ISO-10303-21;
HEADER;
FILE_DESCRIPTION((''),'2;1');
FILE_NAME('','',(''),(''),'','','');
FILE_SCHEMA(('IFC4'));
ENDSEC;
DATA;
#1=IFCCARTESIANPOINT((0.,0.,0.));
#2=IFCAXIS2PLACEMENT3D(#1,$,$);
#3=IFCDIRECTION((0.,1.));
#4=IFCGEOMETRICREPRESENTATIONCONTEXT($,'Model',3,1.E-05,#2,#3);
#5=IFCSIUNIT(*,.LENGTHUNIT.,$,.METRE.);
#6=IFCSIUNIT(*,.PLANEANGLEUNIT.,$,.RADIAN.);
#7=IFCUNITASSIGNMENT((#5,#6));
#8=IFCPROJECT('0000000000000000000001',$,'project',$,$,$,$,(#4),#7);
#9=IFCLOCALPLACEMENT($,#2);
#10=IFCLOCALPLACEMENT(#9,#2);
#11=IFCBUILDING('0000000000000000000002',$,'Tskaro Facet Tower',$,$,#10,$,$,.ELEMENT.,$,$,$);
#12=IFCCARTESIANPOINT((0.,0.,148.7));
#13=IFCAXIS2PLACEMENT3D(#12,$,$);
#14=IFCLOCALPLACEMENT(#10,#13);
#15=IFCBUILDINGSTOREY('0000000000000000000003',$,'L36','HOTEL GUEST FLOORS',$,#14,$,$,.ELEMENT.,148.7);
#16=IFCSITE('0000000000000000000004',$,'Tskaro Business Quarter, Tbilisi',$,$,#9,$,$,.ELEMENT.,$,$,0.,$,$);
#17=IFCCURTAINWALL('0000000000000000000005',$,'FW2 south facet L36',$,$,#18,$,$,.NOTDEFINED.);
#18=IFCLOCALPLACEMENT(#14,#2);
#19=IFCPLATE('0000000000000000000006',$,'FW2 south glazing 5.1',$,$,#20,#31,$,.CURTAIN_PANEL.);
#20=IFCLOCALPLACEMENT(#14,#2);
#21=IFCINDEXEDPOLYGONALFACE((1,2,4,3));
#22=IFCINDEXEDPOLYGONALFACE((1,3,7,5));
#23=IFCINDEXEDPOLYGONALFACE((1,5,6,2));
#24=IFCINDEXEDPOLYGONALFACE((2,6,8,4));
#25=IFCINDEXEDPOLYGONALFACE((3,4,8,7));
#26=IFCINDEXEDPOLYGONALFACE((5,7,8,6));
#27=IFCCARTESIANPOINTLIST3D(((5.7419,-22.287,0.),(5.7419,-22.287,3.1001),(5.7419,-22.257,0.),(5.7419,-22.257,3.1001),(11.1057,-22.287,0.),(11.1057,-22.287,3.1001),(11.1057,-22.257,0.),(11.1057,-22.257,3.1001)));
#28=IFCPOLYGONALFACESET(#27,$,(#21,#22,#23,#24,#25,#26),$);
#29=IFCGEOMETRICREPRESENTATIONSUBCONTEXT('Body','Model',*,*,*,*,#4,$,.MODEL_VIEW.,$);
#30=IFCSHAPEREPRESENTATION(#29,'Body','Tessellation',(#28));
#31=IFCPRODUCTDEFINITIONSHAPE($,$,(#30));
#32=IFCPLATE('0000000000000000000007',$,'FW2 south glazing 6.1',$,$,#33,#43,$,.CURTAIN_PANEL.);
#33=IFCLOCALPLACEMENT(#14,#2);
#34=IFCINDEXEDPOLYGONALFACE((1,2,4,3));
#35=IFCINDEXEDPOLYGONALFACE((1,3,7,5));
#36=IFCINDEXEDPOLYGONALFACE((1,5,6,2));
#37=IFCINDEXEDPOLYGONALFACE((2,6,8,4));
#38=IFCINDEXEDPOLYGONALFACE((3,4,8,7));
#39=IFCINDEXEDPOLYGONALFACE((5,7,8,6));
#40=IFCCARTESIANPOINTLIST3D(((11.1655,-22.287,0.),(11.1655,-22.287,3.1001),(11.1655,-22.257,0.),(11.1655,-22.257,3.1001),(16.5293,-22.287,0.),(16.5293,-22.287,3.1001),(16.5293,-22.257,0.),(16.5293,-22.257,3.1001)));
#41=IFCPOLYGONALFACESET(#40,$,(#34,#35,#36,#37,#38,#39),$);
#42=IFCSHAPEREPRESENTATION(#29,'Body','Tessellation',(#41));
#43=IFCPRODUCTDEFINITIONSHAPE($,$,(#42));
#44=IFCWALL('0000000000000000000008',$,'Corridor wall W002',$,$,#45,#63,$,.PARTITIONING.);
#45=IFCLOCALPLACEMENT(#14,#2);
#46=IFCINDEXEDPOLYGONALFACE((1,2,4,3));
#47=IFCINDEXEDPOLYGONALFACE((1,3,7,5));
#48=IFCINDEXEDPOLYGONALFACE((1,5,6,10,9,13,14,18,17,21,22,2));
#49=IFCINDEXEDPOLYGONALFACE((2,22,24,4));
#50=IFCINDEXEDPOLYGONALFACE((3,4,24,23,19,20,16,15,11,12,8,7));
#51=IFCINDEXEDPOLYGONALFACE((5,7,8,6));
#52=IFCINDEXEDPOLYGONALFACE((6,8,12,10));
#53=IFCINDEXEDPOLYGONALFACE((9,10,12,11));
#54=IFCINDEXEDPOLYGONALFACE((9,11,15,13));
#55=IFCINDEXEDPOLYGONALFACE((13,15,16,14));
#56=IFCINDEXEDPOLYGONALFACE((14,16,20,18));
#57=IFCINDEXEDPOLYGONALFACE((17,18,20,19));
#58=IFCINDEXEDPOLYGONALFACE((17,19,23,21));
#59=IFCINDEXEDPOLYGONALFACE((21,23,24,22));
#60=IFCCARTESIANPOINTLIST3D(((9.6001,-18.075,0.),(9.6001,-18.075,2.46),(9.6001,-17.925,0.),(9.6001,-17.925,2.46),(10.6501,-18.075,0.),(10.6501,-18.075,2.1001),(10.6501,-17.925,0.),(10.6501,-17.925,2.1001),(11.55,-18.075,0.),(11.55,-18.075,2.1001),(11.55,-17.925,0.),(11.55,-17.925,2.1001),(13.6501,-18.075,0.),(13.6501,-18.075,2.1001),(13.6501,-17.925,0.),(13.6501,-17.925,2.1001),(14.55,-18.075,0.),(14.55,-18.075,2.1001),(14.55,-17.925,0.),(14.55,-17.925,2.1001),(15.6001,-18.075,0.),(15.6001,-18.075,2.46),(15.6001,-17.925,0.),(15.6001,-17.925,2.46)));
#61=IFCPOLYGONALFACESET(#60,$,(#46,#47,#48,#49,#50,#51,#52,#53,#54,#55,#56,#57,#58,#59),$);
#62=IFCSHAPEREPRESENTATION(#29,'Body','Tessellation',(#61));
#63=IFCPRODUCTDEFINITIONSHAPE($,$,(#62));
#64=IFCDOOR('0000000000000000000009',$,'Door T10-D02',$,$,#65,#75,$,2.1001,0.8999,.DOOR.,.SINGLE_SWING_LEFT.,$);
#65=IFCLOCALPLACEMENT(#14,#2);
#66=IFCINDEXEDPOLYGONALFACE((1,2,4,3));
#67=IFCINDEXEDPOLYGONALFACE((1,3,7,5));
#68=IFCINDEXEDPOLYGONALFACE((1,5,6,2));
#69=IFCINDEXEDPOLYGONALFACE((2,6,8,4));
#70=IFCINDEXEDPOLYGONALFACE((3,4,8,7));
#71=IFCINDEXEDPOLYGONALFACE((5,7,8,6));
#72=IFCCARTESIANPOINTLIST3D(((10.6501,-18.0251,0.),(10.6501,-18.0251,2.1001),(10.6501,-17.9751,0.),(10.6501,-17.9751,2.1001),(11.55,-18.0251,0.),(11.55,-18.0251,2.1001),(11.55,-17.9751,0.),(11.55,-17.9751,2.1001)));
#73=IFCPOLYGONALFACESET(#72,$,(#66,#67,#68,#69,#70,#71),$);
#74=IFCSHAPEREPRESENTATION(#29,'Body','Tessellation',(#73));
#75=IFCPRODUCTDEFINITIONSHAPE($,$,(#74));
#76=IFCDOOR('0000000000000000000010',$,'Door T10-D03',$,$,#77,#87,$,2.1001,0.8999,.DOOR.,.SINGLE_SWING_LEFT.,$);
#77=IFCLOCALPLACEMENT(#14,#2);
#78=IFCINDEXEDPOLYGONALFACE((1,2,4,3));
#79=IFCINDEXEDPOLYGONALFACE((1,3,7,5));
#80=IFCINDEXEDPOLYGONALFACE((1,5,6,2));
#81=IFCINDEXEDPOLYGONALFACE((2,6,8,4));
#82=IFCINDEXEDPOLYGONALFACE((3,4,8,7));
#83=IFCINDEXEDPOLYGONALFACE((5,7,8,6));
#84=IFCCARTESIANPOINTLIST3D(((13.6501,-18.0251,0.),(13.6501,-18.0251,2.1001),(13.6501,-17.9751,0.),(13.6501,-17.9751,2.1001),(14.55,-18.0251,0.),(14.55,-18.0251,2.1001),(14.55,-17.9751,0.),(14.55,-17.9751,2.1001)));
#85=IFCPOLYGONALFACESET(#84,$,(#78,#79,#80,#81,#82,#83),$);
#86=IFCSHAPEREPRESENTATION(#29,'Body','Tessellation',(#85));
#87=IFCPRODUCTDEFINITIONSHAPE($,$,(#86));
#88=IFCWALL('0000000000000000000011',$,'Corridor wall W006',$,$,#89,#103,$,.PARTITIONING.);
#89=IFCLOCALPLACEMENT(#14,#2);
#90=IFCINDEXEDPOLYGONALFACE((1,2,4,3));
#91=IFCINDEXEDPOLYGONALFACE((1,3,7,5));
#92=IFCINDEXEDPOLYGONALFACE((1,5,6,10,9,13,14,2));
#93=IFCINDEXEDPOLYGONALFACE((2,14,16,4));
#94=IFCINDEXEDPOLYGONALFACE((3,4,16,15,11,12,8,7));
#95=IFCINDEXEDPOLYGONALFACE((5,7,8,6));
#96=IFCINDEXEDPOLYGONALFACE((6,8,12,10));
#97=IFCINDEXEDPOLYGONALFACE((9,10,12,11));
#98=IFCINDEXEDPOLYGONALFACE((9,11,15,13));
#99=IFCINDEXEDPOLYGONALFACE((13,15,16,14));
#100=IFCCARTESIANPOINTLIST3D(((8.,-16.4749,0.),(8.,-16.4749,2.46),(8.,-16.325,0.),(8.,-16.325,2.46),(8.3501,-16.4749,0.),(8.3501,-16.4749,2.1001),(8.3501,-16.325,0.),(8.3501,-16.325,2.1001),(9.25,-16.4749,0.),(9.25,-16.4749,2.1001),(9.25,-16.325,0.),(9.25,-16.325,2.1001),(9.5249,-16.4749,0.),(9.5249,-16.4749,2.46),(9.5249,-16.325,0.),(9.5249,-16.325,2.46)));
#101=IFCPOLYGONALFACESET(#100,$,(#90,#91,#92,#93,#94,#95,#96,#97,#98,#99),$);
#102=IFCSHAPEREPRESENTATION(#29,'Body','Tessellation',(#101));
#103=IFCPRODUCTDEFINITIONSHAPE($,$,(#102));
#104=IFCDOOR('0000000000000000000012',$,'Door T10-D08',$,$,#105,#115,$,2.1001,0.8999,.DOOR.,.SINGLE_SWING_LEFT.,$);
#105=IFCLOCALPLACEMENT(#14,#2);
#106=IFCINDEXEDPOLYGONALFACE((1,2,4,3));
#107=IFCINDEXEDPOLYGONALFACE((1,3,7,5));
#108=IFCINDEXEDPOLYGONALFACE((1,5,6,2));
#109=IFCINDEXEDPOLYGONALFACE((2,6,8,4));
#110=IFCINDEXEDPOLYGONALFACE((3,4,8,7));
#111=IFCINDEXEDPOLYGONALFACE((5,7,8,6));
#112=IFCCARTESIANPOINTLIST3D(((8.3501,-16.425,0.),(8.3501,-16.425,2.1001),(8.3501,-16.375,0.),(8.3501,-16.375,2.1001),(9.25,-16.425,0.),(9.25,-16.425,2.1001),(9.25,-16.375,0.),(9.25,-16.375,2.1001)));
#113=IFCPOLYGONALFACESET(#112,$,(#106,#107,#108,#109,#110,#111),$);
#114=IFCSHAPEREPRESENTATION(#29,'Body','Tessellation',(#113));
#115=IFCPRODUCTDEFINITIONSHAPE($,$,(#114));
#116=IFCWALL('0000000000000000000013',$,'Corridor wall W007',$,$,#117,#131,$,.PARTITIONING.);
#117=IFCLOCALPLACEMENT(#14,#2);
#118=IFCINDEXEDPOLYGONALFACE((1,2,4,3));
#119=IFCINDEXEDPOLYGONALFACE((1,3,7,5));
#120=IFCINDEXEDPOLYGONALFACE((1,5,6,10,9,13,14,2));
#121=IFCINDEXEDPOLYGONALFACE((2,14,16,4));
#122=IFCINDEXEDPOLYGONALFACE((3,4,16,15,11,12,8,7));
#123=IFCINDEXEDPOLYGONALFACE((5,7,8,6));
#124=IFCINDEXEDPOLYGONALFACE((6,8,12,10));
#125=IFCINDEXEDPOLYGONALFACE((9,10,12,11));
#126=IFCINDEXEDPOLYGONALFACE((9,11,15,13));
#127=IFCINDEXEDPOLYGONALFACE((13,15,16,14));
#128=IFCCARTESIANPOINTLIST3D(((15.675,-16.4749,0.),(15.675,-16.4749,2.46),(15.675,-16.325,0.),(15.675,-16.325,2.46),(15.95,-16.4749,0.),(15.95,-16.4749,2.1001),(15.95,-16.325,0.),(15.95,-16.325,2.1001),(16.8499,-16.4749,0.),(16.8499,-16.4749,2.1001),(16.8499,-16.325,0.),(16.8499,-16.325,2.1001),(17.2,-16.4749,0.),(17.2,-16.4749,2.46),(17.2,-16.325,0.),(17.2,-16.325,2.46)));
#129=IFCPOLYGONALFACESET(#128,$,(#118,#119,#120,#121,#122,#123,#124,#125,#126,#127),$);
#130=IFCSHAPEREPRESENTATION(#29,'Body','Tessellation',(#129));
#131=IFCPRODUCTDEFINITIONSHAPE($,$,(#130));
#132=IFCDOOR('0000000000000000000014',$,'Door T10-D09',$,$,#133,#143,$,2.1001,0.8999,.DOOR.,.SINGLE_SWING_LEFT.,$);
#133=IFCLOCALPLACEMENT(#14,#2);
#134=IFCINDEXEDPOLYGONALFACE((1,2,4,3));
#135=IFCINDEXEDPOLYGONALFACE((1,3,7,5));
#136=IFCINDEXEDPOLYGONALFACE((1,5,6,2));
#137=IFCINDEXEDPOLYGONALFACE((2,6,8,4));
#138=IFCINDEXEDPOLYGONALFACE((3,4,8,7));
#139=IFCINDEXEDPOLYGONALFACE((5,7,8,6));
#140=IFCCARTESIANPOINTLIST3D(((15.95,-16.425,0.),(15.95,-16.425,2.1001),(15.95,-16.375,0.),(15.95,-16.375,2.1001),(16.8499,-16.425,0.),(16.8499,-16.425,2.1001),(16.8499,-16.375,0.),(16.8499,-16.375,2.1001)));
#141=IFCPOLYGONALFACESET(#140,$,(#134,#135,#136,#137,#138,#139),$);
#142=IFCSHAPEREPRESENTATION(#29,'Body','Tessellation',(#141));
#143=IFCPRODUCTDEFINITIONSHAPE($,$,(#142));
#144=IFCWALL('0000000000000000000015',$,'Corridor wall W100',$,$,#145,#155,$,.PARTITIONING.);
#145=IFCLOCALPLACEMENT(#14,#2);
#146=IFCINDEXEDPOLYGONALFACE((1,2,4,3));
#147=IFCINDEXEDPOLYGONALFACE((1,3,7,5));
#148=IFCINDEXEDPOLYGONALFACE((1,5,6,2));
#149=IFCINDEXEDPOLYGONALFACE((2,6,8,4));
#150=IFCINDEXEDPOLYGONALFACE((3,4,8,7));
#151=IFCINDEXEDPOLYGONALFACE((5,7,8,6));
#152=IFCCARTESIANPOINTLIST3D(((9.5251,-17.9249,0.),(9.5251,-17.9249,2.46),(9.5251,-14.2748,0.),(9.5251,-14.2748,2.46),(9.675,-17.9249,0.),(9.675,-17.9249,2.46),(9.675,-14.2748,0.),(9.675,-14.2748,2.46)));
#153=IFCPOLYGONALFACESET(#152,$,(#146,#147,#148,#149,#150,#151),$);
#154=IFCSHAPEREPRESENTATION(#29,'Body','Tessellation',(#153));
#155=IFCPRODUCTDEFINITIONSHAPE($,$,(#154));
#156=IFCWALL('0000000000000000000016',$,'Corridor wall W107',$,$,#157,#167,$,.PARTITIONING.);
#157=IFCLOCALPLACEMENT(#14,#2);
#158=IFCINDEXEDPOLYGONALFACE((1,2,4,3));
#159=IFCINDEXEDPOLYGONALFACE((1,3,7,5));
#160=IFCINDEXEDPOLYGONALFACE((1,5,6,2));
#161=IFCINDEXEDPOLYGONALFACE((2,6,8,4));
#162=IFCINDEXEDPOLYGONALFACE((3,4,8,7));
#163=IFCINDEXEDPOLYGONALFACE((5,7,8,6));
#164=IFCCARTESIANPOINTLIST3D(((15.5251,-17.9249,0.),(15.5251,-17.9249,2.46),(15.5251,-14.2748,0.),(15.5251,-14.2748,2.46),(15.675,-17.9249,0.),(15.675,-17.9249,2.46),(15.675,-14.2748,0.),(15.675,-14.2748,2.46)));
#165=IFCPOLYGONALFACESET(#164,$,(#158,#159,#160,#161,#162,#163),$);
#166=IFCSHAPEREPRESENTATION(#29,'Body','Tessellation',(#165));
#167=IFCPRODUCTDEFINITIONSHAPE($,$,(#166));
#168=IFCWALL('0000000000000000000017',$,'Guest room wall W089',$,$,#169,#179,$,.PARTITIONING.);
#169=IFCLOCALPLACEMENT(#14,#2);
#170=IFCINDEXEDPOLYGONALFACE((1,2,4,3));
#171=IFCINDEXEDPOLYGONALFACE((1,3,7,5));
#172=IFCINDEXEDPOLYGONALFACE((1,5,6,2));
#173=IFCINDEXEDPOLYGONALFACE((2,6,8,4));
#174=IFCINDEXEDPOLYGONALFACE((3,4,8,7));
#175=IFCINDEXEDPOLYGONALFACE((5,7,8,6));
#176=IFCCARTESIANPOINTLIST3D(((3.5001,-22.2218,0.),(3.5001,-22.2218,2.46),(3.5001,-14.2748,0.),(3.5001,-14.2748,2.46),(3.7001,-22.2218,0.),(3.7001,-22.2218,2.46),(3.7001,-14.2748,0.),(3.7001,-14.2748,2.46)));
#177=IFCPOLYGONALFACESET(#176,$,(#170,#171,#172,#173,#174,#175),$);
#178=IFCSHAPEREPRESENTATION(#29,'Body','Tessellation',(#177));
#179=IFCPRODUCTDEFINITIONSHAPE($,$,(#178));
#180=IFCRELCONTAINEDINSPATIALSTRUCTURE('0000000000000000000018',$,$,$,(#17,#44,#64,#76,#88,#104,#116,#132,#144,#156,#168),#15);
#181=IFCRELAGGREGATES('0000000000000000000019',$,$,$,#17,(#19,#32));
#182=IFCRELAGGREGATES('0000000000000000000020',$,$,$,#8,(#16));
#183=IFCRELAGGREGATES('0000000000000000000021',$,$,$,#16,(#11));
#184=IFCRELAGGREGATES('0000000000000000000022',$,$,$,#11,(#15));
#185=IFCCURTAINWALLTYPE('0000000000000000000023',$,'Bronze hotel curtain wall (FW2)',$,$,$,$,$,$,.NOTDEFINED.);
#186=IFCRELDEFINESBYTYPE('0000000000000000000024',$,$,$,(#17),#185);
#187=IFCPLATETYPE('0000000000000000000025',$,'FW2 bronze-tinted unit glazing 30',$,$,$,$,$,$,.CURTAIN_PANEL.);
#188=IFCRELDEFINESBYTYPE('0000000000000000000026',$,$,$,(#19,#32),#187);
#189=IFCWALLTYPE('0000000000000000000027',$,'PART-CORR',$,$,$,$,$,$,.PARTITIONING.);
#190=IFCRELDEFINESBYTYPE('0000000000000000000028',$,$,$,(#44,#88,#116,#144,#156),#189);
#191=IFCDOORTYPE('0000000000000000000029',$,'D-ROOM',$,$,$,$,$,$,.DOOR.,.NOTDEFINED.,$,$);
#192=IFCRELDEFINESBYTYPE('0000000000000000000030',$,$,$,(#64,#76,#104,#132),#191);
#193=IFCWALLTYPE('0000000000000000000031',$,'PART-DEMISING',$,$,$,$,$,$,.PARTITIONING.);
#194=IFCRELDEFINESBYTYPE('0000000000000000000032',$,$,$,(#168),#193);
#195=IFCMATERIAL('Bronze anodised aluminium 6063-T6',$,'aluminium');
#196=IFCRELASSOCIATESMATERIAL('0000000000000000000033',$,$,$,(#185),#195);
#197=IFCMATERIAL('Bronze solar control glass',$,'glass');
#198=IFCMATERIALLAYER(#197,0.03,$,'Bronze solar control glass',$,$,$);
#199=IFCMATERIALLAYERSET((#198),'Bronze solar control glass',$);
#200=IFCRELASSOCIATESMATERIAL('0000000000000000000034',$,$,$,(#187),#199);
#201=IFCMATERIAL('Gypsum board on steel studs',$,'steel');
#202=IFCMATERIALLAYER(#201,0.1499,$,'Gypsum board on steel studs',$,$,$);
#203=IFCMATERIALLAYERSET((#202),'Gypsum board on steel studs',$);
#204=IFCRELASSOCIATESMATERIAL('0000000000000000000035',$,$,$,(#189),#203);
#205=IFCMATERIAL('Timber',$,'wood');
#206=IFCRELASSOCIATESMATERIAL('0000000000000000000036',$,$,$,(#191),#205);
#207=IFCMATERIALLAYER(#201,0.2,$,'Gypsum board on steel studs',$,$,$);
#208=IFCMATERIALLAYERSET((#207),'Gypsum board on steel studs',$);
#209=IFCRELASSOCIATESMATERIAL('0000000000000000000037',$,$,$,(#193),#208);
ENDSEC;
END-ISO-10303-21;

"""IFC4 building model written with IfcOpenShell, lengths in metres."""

from ifc_helpers import new_model, si_unit, direction, frame, frame_2d, origin, origin_2d, place, context, subcontext, project, spatial, rectangle, extrude, material, layer, layer_set, type_object, element, fill, aggregate, save


model = new_model("IFC4")

# Units and contexts
model_context = context("Model", 3, precision=1e-05, world=origin(), true_north=direction((0.0, 1.0)))
body_context = subcontext(model_context, "Body", "Model", "MODEL_VIEW")
ifc_project = project(units=[si_unit("LENGTHUNIT", "METRE"), si_unit("PLANEANGLEUNIT", "RADIAN")], contexts=[model_context])

# Site, building, storey
site_placement = place(None, origin())
site = spatial("IfcSite", under=ifc_project, at=site_placement, Name="Tskaro Business Quarter, Tbilisi", CompositionType="ELEMENT", RefElevation=0.0)
building_placement = place(site_placement, origin())
building = spatial("IfcBuilding", under=site, at=building_placement, Name="Tskaro Facet Tower", CompositionType="ELEMENT")
storey_placement = place(building_placement, frame((0.0, 0.0, 148.7)))
storey = spatial("IfcBuildingStorey", under=building, at=storey_placement, Name="L36", Description="HOTEL GUEST FLOORS", CompositionType="ELEMENT", Elevation=148.7)

# Curtain wall
ifc_material_1 = material(Name="Bronze anodised aluminium 6063-T6", Category="aluminium")
curtain_wall_type = type_object("IfcCurtainWallType", Name="Bronze hotel curtain wall (FW2)", PredefinedType="NOTDEFINED", material=ifc_material_1)
curtain_wall_placement = place(storey_placement, origin())
curtain_wall = element("IfcCurtainWall", 1, at=curtain_wall_placement, inside=storey, type_object=curtain_wall_type, Name="FW2 south facet L36", PredefinedType="NOTDEFINED")

# Plates
ifc_material_2 = material(Name="Bronze solar control glass", Category="glass")
ifc_layer_1 = layer(ifc_material_2, 0.03, Name="Bronze solar control glass")
ifc_layer_set_1 = layer_set([ifc_layer_1], Name="Bronze solar control glass")
plate_type = type_object("IfcPlateType", Name="FW2 bronze-tinted unit glazing 30", PredefinedType="CURTAIN_PANEL", material=ifc_layer_set_1)
plate_1_placement = place(storey_placement, frame((8.4238, -22.272, 0.0), z_axis=(0.0, 0.0, 1.0), x_axis=(1.0, 0.0, 0.0)))
plate_1 = element("IfcPlate", 2, at=plate_1_placement, type_object=plate_type, Name="FW2 south glazing 5.1", PredefinedType="CURTAIN_PANEL", context=body_context, shape_type="SweptSolid", body=[
    extrude(rectangle(XDim=5.3638, YDim=0.03, at=origin_2d()), origin(), (0.0, 0.0, 1.0), 3.1001),
])
plate_2_placement = place(storey_placement, frame((13.8474, -22.272, 0.0), z_axis=(0.0, 0.0, 1.0), x_axis=(1.0, 0.0, 0.0)))
plate_2 = element("IfcPlate", 3, at=plate_2_placement, type_object=plate_type, Name="FW2 south glazing 6.1", PredefinedType="CURTAIN_PANEL", context=body_context, shape_type="SweptSolid", body=[
    extrude(rectangle(XDim=5.3638, YDim=0.03, at=origin_2d()), origin(), (0.0, 0.0, 1.0), 3.1001),
])
aggregate(curtain_wall, [plate_1, plate_2])

# Wall, openings, doors
ifc_material_3 = material(Name="Gypsum board on steel studs", Category="steel")
ifc_layer_2 = layer(ifc_material_3, 0.1499, Name="Gypsum board on steel studs")
ifc_layer_set_2 = layer_set([ifc_layer_2], Name="Gypsum board on steel studs")
wall_type_1 = type_object("IfcWallType", Name="PART-CORR", PredefinedType="PARTITIONING", material=ifc_layer_set_2)
wall_1_placement = place(storey_placement, frame((9.6001, -18.0, 0.0), z_axis=(0.0, 0.0, 1.0), x_axis=(1.0, 0.0, 0.0)))
wall_1 = element("IfcWall", 4, at=wall_1_placement, inside=storey, type_object=wall_type_1, Name="Corridor wall W002", PredefinedType="PARTITIONING", context=body_context, shape_type="SweptSolid", body=[
    extrude(rectangle(XDim=6.0, YDim=0.1499, at=frame_2d((3.0, 0.0))), origin(), (0.0, 0.0, 1.0), 2.46),
])
opening_1_placement = place(wall_1_placement, frame((1.05, 0.0, 0.0)))
opening_1 = element("IfcOpeningElement", 5, at=opening_1_placement, cuts=wall_1, PredefinedType="OPENING", context=body_context, shape_type="SweptSolid", body=[
    extrude(rectangle(XDim=0.8999, YDim=2.1001, at=frame_2d((0.45, 1.05))), frame((0.0, 0.085, 0.0), z_axis=(0.0, -1.0, 0.0), x_axis=(1.0, 0.0, 0.0)), (0.0, 0.0, 1.0), 0.1699),
])
opening_2_placement = place(wall_1_placement, frame((4.05, 0.0, 0.0)))
opening_2 = element("IfcOpeningElement", 6, at=opening_2_placement, cuts=wall_1, PredefinedType="OPENING", context=body_context, shape_type="SweptSolid", body=[
    extrude(rectangle(XDim=0.8999, YDim=2.1001, at=frame_2d((0.45, 1.05))), frame((0.0, 0.085, 0.0), z_axis=(0.0, -1.0, 0.0), x_axis=(1.0, 0.0, 0.0)), (0.0, 0.0, 1.0), 0.1699),
])
ifc_material_4 = material(Name="Timber", Category="wood")
door_type = type_object("IfcDoorType", Name="D-ROOM", OperationType="NOTDEFINED", PredefinedType="DOOR", material=ifc_material_4)
door_1_placement = place(opening_1_placement, origin())
door_1 = element("IfcDoor", 7, at=door_1_placement, inside=storey, type_object=door_type, Name="Door T10-D02", OperationType="SINGLE_SWING_LEFT", OverallHeight=2.1001, OverallWidth=0.8999, PredefinedType="DOOR", context=body_context, shape_type="SweptSolid", body=[
    extrude(rectangle(XDim=0.8999, YDim=2.1001, at=frame_2d((0.45, 1.05))), frame((0.0, 0.0249, 0.0), z_axis=(0.0, -1.0, 0.0), x_axis=(1.0, 0.0, 0.0)), (0.0, 0.0, 1.0), 0.05),
])
fill(opening_1, door_1)
door_2_placement = place(opening_2_placement, origin())
door_2 = element("IfcDoor", 8, at=door_2_placement, inside=storey, type_object=door_type, Name="Door T10-D03", OperationType="SINGLE_SWING_LEFT", OverallHeight=2.1001, OverallWidth=0.8999, PredefinedType="DOOR", context=body_context, shape_type="SweptSolid", body=[
    extrude(rectangle(XDim=0.8999, YDim=2.1001, at=frame_2d((0.45, 1.05))), frame((0.0, 0.0249, 0.0), z_axis=(0.0, -1.0, 0.0), x_axis=(1.0, 0.0, 0.0)), (0.0, 0.0, 1.0), 0.05),
])
fill(opening_2, door_2)

# Walls, openings, doors
wall_2_placement = place(storey_placement, frame((8.0, -16.3999, 0.0), z_axis=(0.0, 0.0, 1.0), x_axis=(1.0, 0.0, 0.0)))
wall_2 = element("IfcWall", 9, at=wall_2_placement, inside=storey, type_object=wall_type_1, Name="Corridor wall W006", PredefinedType="PARTITIONING", context=body_context, shape_type="SweptSolid", body=[
    extrude(rectangle(XDim=1.5249, YDim=0.1499, at=frame_2d((0.7625, 0.0))), origin(), (0.0, 0.0, 1.0), 2.46),
])
opening_3_placement = place(wall_2_placement, frame((0.3501, 0.0, 0.0)))
opening_3 = element("IfcOpeningElement", 10, at=opening_3_placement, cuts=wall_2, PredefinedType="OPENING", context=body_context, shape_type="SweptSolid", body=[
    extrude(rectangle(XDim=0.8999, YDim=2.1001, at=frame_2d((0.45, 1.05))), frame((0.0, 0.085, 0.0), z_axis=(0.0, -1.0, 0.0), x_axis=(1.0, 0.0, 0.0)), (0.0, 0.0, 1.0), 0.1699),
])
door_3_placement = place(opening_3_placement, origin())
door_3 = element("IfcDoor", 11, at=door_3_placement, inside=storey, type_object=door_type, Name="Door T10-D08", OperationType="SINGLE_SWING_LEFT", OverallHeight=2.1001, OverallWidth=0.8999, PredefinedType="DOOR", context=body_context, shape_type="SweptSolid", body=[
    extrude(rectangle(XDim=0.8999, YDim=2.1001, at=frame_2d((0.45, 1.05))), frame((0.0, 0.0249, 0.0), z_axis=(0.0, -1.0, 0.0), x_axis=(1.0, 0.0, 0.0)), (0.0, 0.0, 1.0), 0.05),
])
fill(opening_3, door_3)
wall_3_placement = place(storey_placement, frame((15.675, -16.3999, 0.0), z_axis=(0.0, 0.0, 1.0), x_axis=(1.0, 0.0, 0.0)))
wall_3 = element("IfcWall", 12, at=wall_3_placement, inside=storey, type_object=wall_type_1, Name="Corridor wall W007", PredefinedType="PARTITIONING", context=body_context, shape_type="SweptSolid", body=[
    extrude(rectangle(XDim=1.5249, YDim=0.1499, at=frame_2d((0.7625, 0.0))), origin(), (0.0, 0.0, 1.0), 2.46),
])
opening_4_placement = place(wall_3_placement, frame((0.2749, 0.0, 0.0)))
opening_4 = element("IfcOpeningElement", 13, at=opening_4_placement, cuts=wall_3, PredefinedType="OPENING", context=body_context, shape_type="SweptSolid", body=[
    extrude(rectangle(XDim=0.8999, YDim=2.1001, at=frame_2d((0.45, 1.05))), frame((0.0, 0.085, 0.0), z_axis=(0.0, -1.0, 0.0), x_axis=(1.0, 0.0, 0.0)), (0.0, 0.0, 1.0), 0.1699),
])
door_4_placement = place(opening_4_placement, origin())
door_4 = element("IfcDoor", 14, at=door_4_placement, inside=storey, type_object=door_type, Name="Door T10-D09", OperationType="SINGLE_SWING_LEFT", OverallHeight=2.1001, OverallWidth=0.8999, PredefinedType="DOOR", context=body_context, shape_type="SweptSolid", body=[
    extrude(rectangle(XDim=0.8999, YDim=2.1001, at=frame_2d((0.45, 1.05))), frame((0.0, 0.0249, 0.0), z_axis=(0.0, -1.0, 0.0), x_axis=(1.0, 0.0, 0.0)), (0.0, 0.0, 1.0), 0.05),
])
fill(opening_4, door_4)

# Walls
for number, where, z_axis, x_axis, name in (
    (15, (9.6001, -17.925, 0.0), (0.0, 0.0, 1.0), (0.0, 1.0, 0.0), "Corridor wall W100"),
    (16, (15.6001, -17.925, 0.0), (0.0, 0.0, 1.0), (0.0, 1.0, 0.0), "Corridor wall W107"),
):
    element("IfcWall", number, at=place(storey_placement, frame(where, z_axis=z_axis, x_axis=x_axis)), inside=storey, type_object=wall_type_1, Name=name, PredefinedType="PARTITIONING", context=body_context, shape_type="SweptSolid", body=[
        extrude(rectangle(XDim=3.6501, YDim=0.1499, at=frame_2d((1.8252, 0.0))), origin(), (0.0, 0.0, 1.0), 2.46),
    ])
ifc_layer_3 = layer(ifc_material_3, 0.2, Name="Gypsum board on steel studs")
ifc_layer_set_3 = layer_set([ifc_layer_3], Name="Gypsum board on steel studs")
wall_type_2 = type_object("IfcWallType", Name="PART-DEMISING", PredefinedType="PARTITIONING", material=ifc_layer_set_3)
for number, where, z_axis, x_axis, name in (
    (17, (3.6001, -22.2219, 0.0), (0.0, 0.0, 1.0), (0.0, 1.0, 0.0), "Guest room wall W089"),
):
    element("IfcWall", number, at=place(storey_placement, frame(where, z_axis=z_axis, x_axis=x_axis)), inside=storey, type_object=wall_type_2, Name=name, PredefinedType="PARTITIONING", context=body_context, shape_type="SweptSolid", body=[
        extrude(rectangle(XDim=7.947, YDim=0.2, at=frame_2d((3.9736, 0.0))), origin(), (0.0, 0.0, 1.0), 2.46),
    ])

save(model, "model.ifc")
